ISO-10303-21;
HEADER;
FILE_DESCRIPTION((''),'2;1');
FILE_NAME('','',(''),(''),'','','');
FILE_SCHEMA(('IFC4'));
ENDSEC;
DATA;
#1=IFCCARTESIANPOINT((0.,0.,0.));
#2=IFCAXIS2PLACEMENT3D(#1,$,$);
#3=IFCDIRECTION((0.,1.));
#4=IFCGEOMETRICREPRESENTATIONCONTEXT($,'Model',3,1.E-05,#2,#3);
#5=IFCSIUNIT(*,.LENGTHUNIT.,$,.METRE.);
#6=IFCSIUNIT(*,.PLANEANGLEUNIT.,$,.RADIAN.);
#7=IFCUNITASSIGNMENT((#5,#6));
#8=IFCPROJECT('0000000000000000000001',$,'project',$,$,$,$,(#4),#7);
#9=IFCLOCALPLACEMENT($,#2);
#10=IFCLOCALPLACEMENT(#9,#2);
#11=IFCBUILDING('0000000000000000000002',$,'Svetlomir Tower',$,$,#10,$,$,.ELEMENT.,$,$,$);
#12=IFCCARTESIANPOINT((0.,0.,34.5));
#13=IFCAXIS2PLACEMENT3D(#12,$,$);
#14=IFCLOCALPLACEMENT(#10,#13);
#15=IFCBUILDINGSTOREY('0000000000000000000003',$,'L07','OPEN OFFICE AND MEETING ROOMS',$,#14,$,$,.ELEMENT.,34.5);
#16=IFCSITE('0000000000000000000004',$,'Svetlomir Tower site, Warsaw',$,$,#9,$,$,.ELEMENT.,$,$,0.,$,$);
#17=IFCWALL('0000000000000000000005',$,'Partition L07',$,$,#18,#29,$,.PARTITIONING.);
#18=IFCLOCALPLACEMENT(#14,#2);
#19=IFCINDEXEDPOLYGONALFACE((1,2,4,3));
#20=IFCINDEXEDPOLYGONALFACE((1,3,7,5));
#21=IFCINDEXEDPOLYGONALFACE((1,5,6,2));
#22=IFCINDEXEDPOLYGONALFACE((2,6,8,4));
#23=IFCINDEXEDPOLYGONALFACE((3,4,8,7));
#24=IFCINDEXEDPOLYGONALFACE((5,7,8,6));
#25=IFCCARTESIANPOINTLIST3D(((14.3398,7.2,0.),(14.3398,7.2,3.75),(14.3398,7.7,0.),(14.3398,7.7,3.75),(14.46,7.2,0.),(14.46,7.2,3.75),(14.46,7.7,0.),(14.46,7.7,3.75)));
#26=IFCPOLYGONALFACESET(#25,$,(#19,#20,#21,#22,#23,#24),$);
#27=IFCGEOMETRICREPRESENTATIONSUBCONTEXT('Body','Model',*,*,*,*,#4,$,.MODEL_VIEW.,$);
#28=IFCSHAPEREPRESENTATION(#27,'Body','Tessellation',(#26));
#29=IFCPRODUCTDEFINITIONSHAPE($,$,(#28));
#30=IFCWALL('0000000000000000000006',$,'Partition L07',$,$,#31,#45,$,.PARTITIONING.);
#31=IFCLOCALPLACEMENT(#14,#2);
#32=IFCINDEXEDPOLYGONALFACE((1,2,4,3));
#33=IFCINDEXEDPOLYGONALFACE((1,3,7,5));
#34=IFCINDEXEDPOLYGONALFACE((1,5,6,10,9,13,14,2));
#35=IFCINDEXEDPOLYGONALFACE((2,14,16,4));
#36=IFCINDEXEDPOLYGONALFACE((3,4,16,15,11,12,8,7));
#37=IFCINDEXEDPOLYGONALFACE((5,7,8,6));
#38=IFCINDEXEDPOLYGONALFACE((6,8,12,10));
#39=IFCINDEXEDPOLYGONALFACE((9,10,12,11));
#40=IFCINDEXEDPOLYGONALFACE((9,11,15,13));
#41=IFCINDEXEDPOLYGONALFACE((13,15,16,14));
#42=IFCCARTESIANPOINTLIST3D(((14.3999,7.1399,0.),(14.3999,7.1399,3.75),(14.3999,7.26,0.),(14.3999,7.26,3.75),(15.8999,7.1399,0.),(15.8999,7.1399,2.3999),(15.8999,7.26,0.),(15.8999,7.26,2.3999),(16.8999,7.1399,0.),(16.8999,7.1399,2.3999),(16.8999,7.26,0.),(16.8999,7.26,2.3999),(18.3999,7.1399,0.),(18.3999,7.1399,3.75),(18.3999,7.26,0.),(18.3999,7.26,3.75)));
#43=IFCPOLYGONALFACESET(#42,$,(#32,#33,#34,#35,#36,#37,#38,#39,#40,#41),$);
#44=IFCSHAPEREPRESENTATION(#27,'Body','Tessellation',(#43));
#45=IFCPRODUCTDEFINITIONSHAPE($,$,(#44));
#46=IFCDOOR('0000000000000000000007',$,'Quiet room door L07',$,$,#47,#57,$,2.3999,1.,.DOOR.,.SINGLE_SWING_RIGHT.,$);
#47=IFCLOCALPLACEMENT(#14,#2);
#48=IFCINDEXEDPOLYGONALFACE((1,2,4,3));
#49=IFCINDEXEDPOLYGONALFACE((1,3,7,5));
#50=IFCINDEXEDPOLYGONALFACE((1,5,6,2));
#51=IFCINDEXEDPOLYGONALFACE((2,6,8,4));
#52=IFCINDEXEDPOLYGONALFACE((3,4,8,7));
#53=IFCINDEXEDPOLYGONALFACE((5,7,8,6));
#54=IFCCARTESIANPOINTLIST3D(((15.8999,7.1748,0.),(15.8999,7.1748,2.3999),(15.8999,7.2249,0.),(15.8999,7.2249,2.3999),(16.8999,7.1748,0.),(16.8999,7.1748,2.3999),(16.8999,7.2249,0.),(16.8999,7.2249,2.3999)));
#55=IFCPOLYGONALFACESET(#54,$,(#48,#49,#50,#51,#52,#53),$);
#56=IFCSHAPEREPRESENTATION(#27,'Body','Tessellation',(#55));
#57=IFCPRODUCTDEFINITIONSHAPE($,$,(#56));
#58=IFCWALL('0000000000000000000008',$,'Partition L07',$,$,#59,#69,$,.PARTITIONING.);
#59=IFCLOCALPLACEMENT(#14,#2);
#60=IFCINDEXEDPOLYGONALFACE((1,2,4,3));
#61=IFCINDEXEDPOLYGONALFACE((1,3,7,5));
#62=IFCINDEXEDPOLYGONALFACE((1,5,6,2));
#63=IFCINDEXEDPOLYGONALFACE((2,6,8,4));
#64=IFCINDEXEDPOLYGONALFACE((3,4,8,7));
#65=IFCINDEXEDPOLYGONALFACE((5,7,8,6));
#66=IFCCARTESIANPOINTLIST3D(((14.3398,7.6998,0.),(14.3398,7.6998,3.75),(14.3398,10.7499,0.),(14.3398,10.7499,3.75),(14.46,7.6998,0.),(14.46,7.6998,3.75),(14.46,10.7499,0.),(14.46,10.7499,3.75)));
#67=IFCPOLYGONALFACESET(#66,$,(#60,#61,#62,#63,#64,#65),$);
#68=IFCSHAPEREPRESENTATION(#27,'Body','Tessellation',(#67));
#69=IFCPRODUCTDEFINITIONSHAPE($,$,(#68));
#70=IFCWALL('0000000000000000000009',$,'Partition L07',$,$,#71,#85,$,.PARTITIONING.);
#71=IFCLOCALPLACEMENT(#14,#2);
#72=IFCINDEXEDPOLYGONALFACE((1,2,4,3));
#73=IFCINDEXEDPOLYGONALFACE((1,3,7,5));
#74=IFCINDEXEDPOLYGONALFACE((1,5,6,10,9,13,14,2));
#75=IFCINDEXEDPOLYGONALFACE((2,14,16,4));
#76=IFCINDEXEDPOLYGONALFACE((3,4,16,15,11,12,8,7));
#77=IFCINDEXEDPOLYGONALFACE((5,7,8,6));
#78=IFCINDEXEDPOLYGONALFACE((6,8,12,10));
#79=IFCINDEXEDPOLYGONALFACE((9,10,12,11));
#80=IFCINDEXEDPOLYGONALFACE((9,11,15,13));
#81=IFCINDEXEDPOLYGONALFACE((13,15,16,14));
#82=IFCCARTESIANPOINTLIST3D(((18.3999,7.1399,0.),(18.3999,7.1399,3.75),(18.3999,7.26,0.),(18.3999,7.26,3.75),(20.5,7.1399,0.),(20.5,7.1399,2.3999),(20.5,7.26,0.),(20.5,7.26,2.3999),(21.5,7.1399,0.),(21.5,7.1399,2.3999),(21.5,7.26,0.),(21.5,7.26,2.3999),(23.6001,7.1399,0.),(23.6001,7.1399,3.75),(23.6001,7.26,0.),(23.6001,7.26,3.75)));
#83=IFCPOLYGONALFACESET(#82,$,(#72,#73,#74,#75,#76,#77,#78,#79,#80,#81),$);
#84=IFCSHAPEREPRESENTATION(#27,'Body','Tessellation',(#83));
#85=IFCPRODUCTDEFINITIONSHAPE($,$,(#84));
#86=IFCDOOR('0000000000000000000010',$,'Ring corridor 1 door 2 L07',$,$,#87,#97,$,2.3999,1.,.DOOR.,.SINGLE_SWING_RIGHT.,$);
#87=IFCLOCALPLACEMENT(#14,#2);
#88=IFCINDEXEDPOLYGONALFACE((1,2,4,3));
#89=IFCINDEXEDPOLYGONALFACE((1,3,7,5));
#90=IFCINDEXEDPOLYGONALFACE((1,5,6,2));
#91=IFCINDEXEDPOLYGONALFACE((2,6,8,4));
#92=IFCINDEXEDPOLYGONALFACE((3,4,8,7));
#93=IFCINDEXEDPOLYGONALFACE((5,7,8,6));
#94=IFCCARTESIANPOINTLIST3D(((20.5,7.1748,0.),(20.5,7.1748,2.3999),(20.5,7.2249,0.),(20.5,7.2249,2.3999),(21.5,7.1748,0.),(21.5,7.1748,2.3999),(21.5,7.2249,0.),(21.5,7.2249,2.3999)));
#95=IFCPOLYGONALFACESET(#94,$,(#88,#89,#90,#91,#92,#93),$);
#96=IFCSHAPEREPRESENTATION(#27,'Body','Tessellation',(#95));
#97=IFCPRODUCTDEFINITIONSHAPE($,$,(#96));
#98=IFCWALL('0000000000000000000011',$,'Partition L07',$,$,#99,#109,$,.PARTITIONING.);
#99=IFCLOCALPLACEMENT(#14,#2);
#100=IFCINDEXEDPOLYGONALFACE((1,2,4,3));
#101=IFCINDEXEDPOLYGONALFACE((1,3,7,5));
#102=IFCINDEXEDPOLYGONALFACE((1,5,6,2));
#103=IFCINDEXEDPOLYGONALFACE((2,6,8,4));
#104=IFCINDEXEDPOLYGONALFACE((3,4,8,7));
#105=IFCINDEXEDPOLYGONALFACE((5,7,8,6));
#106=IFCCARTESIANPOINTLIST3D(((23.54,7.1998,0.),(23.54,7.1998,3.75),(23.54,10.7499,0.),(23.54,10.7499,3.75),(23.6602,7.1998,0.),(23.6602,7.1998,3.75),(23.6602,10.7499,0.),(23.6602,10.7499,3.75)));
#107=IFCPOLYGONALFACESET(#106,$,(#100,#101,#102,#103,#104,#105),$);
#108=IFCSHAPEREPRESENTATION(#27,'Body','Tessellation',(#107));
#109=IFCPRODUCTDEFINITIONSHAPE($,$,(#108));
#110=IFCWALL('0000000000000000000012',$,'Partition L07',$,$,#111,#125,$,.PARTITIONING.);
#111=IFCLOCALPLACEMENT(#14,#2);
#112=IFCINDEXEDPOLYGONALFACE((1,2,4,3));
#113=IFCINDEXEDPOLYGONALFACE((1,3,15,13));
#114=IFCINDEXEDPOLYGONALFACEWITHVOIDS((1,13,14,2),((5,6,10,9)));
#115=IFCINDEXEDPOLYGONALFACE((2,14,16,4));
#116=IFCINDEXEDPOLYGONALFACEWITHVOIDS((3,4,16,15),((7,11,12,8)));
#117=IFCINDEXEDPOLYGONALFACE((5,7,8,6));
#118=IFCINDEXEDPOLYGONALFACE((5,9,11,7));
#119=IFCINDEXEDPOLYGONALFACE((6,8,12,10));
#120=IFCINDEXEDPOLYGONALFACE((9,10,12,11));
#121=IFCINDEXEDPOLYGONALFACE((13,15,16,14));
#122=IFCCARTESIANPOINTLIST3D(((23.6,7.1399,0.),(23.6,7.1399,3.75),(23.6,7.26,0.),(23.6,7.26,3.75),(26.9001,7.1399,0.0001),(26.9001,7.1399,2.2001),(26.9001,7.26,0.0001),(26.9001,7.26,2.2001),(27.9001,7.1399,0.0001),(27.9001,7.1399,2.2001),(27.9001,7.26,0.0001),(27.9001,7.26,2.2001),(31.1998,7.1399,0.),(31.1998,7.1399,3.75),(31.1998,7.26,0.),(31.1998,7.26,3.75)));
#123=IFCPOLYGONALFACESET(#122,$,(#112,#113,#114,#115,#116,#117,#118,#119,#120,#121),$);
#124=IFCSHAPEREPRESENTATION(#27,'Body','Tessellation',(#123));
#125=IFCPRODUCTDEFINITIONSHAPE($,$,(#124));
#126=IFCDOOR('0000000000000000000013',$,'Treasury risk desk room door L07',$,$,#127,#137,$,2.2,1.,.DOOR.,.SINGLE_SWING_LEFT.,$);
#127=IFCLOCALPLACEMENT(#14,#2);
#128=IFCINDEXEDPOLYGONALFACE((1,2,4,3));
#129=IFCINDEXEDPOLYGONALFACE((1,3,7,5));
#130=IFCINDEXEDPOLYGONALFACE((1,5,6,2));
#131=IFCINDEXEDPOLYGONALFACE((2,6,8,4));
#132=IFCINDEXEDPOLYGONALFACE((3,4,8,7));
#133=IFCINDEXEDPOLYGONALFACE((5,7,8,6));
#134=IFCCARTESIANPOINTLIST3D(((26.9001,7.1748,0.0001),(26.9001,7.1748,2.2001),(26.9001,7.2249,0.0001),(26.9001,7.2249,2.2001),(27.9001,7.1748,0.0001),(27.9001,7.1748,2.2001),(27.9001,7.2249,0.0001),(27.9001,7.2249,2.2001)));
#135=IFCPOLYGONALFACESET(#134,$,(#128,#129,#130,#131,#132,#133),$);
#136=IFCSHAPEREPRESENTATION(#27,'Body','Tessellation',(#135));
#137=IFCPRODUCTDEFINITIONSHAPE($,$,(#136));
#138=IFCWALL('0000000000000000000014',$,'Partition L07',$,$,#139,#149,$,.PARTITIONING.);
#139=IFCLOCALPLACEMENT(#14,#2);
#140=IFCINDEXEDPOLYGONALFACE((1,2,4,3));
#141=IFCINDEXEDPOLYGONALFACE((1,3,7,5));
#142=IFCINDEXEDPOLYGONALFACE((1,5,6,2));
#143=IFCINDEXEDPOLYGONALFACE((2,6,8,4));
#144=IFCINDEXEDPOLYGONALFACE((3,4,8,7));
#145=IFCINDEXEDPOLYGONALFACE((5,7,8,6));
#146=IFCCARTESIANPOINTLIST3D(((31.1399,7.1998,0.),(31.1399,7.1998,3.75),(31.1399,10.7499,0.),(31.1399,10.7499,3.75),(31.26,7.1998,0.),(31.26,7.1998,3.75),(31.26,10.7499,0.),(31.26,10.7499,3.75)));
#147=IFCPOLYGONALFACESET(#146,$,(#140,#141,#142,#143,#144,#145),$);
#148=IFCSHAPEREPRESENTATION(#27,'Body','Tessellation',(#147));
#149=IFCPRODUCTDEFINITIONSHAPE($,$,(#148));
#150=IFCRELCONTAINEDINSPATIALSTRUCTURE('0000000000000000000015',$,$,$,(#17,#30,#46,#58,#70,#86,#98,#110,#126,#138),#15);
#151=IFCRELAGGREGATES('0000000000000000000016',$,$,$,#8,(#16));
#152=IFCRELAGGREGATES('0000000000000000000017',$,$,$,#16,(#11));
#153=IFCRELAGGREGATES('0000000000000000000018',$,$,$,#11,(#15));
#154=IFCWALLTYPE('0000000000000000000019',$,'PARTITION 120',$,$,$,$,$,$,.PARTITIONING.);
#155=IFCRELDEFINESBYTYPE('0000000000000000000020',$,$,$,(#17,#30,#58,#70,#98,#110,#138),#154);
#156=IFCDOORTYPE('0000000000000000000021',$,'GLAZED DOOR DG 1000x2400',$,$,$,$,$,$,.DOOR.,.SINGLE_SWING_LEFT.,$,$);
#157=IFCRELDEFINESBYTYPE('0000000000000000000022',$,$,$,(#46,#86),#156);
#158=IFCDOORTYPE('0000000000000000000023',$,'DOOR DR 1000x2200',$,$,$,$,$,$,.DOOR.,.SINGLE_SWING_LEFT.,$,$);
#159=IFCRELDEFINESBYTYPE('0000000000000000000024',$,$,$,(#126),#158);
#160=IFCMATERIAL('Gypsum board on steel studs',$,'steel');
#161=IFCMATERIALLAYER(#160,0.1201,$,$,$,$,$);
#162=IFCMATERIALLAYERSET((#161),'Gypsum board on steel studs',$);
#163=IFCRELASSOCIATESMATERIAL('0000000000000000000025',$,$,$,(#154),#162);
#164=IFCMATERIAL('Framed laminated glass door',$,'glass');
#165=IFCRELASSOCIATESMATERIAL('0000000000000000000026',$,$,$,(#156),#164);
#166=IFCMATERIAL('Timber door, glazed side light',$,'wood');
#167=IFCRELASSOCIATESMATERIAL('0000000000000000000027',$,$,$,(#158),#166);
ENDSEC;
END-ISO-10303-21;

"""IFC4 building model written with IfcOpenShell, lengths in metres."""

from ifc_helpers import new_model, si_unit, direction, frame, frame_2d, origin, place, context, subcontext, project, spatial, rectangle, extrude, material, layer, layer_set, type_object, element, fill, save


model = new_model("IFC4")

# Units and contexts
model_context = context("Model", 3, precision=1e-05, world=origin(), true_north=direction((0.0, 1.0)))
body_context = subcontext(model_context, "Body", "Model", "MODEL_VIEW")
ifc_project = project(units=[si_unit("LENGTHUNIT", "METRE"), si_unit("PLANEANGLEUNIT", "RADIAN")], contexts=[model_context])

# Site, building, storey
site_placement = place(None, origin())
site = spatial("IfcSite", under=ifc_project, at=site_placement, Name="Svetlomir Tower site, Warsaw", CompositionType="ELEMENT", RefElevation=0.0)
building_placement = place(site_placement, origin())
building = spatial("IfcBuilding", under=site, at=building_placement, Name="Svetlomir Tower", CompositionType="ELEMENT")
storey_placement = place(building_placement, frame((0.0, 0.0, 34.5)))
storey = spatial("IfcBuildingStorey", under=building, at=storey_placement, Name="L07", Description="OPEN OFFICE AND MEETING ROOMS", CompositionType="ELEMENT", Elevation=34.5)

# Wall
ifc_material_1 = material(Name="Gypsum board on steel studs", Category="steel")
ifc_layer_1 = layer(ifc_material_1, 0.1201)
ifc_layer_set_1 = layer_set([ifc_layer_1], Name="Gypsum board on steel studs")
wall_type_1 = type_object("IfcWallType", Name="PARTITION 120", PredefinedType="PARTITIONING", material=ifc_layer_set_1)
wall_1_placement = place(storey_placement, frame((14.3999, 7.2, 0.0), z_axis=(0.0, 0.0, 1.0), x_axis=(0.0, 1.0, 0.0)))
element("IfcWall", 1, at=wall_1_placement, inside=storey, type_object=wall_type_1, Name="Partition L07", PredefinedType="PARTITIONING", context=body_context, shape_type="SweptSolid", body=[
    extrude(rectangle(XDim=0.5, YDim=0.1201, at=frame_2d((0.25, 0.0))), origin(), (0.0, 0.0, 1.0), 3.75),
])

# Wall, opening, door
wall_2_placement = place(storey_placement, frame((14.3999, 7.2, 0.0), z_axis=(0.0, 0.0, 1.0), x_axis=(1.0, 0.0, 0.0)))
wall_2 = element("IfcWall", 2, at=wall_2_placement, inside=storey, type_object=wall_type_1, Name="Partition L07", PredefinedType="PARTITIONING", context=body_context, shape_type="SweptSolid", body=[
    extrude(rectangle(XDim=4.0, YDim=0.1201, at=frame_2d((2.0, 0.0))), origin(), (0.0, 0.0, 1.0), 3.75),
])
opening_1_placement = place(wall_2_placement, frame((1.5, 0.0, 0.0)))
opening_1 = element("IfcOpeningElement", 3, at=opening_1_placement, cuts=wall_2, PredefinedType="OPENING", context=body_context, shape_type="SweptSolid", body=[
    extrude(rectangle(XDim=1.0, YDim=2.3999, at=frame_2d((0.5, 1.2))), frame((0.0, 0.0701, 0.0), z_axis=(0.0, -1.0, 0.0), x_axis=(1.0, 0.0, 0.0)), (0.0, 0.0, 1.0), 0.1401),
])
ifc_material_2 = material(Name="Framed laminated glass door", Category="glass")
door_type_1 = type_object("IfcDoorType", Name="GLAZED DOOR DG 1000x2400", OperationType="SINGLE_SWING_LEFT", PredefinedType="DOOR", material=ifc_material_2)
door_1_placement = place(opening_1_placement, origin())
door_1 = element("IfcDoor", 4, at=door_1_placement, inside=storey, type_object=door_type_1, Name="Quiet room door L07", OperationType="SINGLE_SWING_RIGHT", OverallHeight=2.3999, OverallWidth=1.0, PredefinedType="DOOR", context=body_context, shape_type="SweptSolid", body=[
    extrude(rectangle(XDim=1.0, YDim=2.3999, at=frame_2d((0.5, 1.2))), frame((0.0, 0.0249, 0.0), z_axis=(0.0, -1.0, 0.0), x_axis=(1.0, 0.0, 0.0)), (0.0, 0.0, 1.0), 0.05),
])
fill(opening_1, door_1)

# Wall
wall_3_placement = place(storey_placement, frame((14.3999, 7.7, 0.0), z_axis=(0.0, 0.0, 1.0), x_axis=(0.0, 1.0, 0.0)))
element("IfcWall", 5, at=wall_3_placement, inside=storey, type_object=wall_type_1, Name="Partition L07", PredefinedType="PARTITIONING", context=body_context, shape_type="SweptSolid", body=[
    extrude(rectangle(XDim=3.05, YDim=0.1201, at=frame_2d((1.5249, 0.0))), origin(), (0.0, 0.0, 1.0), 3.75),
])

# Wall, opening, door
wall_4_placement = place(storey_placement, frame((18.3999, 7.2, 0.0), z_axis=(0.0, 0.0, 1.0), x_axis=(1.0, 0.0, 0.0)))
wall_4 = element("IfcWall", 6, at=wall_4_placement, inside=storey, type_object=wall_type_1, Name="Partition L07", PredefinedType="PARTITIONING", context=body_context, shape_type="SweptSolid", body=[
    extrude(rectangle(XDim=5.2002, YDim=0.1201, at=frame_2d((2.6001, 0.0))), origin(), (0.0, 0.0, 1.0), 3.75),
])
opening_2_placement = place(wall_4_placement, frame((2.1001, 0.0, 0.0)))
opening_2 = element("IfcOpeningElement", 7, at=opening_2_placement, cuts=wall_4, PredefinedType="OPENING", context=body_context, shape_type="SweptSolid", body=[
    extrude(rectangle(XDim=1.0, YDim=2.3999, at=frame_2d((0.5, 1.2))), frame((0.0, 0.0701, 0.0), z_axis=(0.0, -1.0, 0.0), x_axis=(1.0, 0.0, 0.0)), (0.0, 0.0, 1.0), 0.1401),
])
door_2_placement = place(opening_2_placement, origin())
door_2 = element("IfcDoor", 8, at=door_2_placement, inside=storey, type_object=door_type_1, Name="Ring corridor 1 door 2 L07", OperationType="SINGLE_SWING_RIGHT", OverallHeight=2.3999, OverallWidth=1.0, PredefinedType="DOOR", context=body_context, shape_type="SweptSolid", body=[
    extrude(rectangle(XDim=1.0, YDim=2.3999, at=frame_2d((0.5, 1.2))), frame((0.0, 0.0249, 0.0), z_axis=(0.0, -1.0, 0.0), x_axis=(1.0, 0.0, 0.0)), (0.0, 0.0, 1.0), 0.05),
])
fill(opening_2, door_2)

# Wall
wall_5_placement = place(storey_placement, frame((23.6001, 7.2, 0.0), z_axis=(0.0, 0.0, 1.0), x_axis=(0.0, 1.0, 0.0)))
element("IfcWall", 9, at=wall_5_placement, inside=storey, type_object=wall_type_1, Name="Partition L07", PredefinedType="PARTITIONING", context=body_context, shape_type="SweptSolid", body=[
    extrude(rectangle(XDim=3.55, YDim=0.1201, at=frame_2d((1.7749, 0.0))), origin(), (0.0, 0.0, 1.0), 3.75),
])

# Wall, opening, door
wall_6_placement = place(storey_placement, frame((23.6001, 7.2, 0.0), z_axis=(0.0, 0.0, 1.0), x_axis=(1.0, 0.0, 0.0)))
wall_6 = element("IfcWall", 10, at=wall_6_placement, inside=storey, type_object=wall_type_1, Name="Partition L07", PredefinedType="PARTITIONING", context=body_context, shape_type="SweptSolid", body=[
    extrude(rectangle(XDim=7.5999, YDim=0.1201, at=frame_2d((3.7998, 0.0))), origin(), (0.0, 0.0, 1.0), 3.75),
])
opening_3_placement = place(wall_6_placement, frame((3.3, 0.0, 0.0)))
opening_3 = element("IfcOpeningElement", 11, at=opening_3_placement, cuts=wall_6, PredefinedType="OPENING", context=body_context, shape_type="SweptSolid", body=[
    extrude(rectangle(XDim=1.0, YDim=2.2, at=frame_2d((0.5, 1.1001))), frame((0.0, 0.0701, 0.0), z_axis=(0.0, -1.0, 0.0), x_axis=(1.0, 0.0, 0.0)), (0.0, 0.0, 1.0), 0.1401),
])
ifc_material_3 = material(Name="Timber door, glazed side light", Category="wood")
door_type_2 = type_object("IfcDoorType", Name="DOOR DR 1000x2200", OperationType="SINGLE_SWING_LEFT", PredefinedType="DOOR", material=ifc_material_3)
door_3_placement = place(opening_3_placement, origin())
door_3 = element("IfcDoor", 12, at=door_3_placement, inside=storey, type_object=door_type_2, Name="Treasury risk desk room door L07", OperationType="SINGLE_SWING_LEFT", OverallHeight=2.2, OverallWidth=1.0, PredefinedType="DOOR", context=body_context, shape_type="SweptSolid", body=[
    extrude(rectangle(XDim=1.0, YDim=2.2, at=frame_2d((0.5, 1.1001))), frame((0.0, 0.0249, 0.0), z_axis=(0.0, -1.0, 0.0), x_axis=(1.0, 0.0, 0.0)), (0.0, 0.0, 1.0), 0.05),
])
fill(opening_3, door_3)

# Wall
wall_7_placement = place(storey_placement, frame((31.2, 7.2, 0.0), z_axis=(0.0, 0.0, 1.0), x_axis=(0.0, 1.0, 0.0)))
element("IfcWall", 13, at=wall_7_placement, inside=storey, type_object=wall_type_1, Name="Partition L07", PredefinedType="PARTITIONING", context=body_context, shape_type="SweptSolid", body=[
    extrude(rectangle(XDim=3.55, YDim=0.1201, at=frame_2d((1.7749, 0.0))), origin(), (0.0, 0.0, 1.0), 3.75),
])

save(model, "model.ifc")
